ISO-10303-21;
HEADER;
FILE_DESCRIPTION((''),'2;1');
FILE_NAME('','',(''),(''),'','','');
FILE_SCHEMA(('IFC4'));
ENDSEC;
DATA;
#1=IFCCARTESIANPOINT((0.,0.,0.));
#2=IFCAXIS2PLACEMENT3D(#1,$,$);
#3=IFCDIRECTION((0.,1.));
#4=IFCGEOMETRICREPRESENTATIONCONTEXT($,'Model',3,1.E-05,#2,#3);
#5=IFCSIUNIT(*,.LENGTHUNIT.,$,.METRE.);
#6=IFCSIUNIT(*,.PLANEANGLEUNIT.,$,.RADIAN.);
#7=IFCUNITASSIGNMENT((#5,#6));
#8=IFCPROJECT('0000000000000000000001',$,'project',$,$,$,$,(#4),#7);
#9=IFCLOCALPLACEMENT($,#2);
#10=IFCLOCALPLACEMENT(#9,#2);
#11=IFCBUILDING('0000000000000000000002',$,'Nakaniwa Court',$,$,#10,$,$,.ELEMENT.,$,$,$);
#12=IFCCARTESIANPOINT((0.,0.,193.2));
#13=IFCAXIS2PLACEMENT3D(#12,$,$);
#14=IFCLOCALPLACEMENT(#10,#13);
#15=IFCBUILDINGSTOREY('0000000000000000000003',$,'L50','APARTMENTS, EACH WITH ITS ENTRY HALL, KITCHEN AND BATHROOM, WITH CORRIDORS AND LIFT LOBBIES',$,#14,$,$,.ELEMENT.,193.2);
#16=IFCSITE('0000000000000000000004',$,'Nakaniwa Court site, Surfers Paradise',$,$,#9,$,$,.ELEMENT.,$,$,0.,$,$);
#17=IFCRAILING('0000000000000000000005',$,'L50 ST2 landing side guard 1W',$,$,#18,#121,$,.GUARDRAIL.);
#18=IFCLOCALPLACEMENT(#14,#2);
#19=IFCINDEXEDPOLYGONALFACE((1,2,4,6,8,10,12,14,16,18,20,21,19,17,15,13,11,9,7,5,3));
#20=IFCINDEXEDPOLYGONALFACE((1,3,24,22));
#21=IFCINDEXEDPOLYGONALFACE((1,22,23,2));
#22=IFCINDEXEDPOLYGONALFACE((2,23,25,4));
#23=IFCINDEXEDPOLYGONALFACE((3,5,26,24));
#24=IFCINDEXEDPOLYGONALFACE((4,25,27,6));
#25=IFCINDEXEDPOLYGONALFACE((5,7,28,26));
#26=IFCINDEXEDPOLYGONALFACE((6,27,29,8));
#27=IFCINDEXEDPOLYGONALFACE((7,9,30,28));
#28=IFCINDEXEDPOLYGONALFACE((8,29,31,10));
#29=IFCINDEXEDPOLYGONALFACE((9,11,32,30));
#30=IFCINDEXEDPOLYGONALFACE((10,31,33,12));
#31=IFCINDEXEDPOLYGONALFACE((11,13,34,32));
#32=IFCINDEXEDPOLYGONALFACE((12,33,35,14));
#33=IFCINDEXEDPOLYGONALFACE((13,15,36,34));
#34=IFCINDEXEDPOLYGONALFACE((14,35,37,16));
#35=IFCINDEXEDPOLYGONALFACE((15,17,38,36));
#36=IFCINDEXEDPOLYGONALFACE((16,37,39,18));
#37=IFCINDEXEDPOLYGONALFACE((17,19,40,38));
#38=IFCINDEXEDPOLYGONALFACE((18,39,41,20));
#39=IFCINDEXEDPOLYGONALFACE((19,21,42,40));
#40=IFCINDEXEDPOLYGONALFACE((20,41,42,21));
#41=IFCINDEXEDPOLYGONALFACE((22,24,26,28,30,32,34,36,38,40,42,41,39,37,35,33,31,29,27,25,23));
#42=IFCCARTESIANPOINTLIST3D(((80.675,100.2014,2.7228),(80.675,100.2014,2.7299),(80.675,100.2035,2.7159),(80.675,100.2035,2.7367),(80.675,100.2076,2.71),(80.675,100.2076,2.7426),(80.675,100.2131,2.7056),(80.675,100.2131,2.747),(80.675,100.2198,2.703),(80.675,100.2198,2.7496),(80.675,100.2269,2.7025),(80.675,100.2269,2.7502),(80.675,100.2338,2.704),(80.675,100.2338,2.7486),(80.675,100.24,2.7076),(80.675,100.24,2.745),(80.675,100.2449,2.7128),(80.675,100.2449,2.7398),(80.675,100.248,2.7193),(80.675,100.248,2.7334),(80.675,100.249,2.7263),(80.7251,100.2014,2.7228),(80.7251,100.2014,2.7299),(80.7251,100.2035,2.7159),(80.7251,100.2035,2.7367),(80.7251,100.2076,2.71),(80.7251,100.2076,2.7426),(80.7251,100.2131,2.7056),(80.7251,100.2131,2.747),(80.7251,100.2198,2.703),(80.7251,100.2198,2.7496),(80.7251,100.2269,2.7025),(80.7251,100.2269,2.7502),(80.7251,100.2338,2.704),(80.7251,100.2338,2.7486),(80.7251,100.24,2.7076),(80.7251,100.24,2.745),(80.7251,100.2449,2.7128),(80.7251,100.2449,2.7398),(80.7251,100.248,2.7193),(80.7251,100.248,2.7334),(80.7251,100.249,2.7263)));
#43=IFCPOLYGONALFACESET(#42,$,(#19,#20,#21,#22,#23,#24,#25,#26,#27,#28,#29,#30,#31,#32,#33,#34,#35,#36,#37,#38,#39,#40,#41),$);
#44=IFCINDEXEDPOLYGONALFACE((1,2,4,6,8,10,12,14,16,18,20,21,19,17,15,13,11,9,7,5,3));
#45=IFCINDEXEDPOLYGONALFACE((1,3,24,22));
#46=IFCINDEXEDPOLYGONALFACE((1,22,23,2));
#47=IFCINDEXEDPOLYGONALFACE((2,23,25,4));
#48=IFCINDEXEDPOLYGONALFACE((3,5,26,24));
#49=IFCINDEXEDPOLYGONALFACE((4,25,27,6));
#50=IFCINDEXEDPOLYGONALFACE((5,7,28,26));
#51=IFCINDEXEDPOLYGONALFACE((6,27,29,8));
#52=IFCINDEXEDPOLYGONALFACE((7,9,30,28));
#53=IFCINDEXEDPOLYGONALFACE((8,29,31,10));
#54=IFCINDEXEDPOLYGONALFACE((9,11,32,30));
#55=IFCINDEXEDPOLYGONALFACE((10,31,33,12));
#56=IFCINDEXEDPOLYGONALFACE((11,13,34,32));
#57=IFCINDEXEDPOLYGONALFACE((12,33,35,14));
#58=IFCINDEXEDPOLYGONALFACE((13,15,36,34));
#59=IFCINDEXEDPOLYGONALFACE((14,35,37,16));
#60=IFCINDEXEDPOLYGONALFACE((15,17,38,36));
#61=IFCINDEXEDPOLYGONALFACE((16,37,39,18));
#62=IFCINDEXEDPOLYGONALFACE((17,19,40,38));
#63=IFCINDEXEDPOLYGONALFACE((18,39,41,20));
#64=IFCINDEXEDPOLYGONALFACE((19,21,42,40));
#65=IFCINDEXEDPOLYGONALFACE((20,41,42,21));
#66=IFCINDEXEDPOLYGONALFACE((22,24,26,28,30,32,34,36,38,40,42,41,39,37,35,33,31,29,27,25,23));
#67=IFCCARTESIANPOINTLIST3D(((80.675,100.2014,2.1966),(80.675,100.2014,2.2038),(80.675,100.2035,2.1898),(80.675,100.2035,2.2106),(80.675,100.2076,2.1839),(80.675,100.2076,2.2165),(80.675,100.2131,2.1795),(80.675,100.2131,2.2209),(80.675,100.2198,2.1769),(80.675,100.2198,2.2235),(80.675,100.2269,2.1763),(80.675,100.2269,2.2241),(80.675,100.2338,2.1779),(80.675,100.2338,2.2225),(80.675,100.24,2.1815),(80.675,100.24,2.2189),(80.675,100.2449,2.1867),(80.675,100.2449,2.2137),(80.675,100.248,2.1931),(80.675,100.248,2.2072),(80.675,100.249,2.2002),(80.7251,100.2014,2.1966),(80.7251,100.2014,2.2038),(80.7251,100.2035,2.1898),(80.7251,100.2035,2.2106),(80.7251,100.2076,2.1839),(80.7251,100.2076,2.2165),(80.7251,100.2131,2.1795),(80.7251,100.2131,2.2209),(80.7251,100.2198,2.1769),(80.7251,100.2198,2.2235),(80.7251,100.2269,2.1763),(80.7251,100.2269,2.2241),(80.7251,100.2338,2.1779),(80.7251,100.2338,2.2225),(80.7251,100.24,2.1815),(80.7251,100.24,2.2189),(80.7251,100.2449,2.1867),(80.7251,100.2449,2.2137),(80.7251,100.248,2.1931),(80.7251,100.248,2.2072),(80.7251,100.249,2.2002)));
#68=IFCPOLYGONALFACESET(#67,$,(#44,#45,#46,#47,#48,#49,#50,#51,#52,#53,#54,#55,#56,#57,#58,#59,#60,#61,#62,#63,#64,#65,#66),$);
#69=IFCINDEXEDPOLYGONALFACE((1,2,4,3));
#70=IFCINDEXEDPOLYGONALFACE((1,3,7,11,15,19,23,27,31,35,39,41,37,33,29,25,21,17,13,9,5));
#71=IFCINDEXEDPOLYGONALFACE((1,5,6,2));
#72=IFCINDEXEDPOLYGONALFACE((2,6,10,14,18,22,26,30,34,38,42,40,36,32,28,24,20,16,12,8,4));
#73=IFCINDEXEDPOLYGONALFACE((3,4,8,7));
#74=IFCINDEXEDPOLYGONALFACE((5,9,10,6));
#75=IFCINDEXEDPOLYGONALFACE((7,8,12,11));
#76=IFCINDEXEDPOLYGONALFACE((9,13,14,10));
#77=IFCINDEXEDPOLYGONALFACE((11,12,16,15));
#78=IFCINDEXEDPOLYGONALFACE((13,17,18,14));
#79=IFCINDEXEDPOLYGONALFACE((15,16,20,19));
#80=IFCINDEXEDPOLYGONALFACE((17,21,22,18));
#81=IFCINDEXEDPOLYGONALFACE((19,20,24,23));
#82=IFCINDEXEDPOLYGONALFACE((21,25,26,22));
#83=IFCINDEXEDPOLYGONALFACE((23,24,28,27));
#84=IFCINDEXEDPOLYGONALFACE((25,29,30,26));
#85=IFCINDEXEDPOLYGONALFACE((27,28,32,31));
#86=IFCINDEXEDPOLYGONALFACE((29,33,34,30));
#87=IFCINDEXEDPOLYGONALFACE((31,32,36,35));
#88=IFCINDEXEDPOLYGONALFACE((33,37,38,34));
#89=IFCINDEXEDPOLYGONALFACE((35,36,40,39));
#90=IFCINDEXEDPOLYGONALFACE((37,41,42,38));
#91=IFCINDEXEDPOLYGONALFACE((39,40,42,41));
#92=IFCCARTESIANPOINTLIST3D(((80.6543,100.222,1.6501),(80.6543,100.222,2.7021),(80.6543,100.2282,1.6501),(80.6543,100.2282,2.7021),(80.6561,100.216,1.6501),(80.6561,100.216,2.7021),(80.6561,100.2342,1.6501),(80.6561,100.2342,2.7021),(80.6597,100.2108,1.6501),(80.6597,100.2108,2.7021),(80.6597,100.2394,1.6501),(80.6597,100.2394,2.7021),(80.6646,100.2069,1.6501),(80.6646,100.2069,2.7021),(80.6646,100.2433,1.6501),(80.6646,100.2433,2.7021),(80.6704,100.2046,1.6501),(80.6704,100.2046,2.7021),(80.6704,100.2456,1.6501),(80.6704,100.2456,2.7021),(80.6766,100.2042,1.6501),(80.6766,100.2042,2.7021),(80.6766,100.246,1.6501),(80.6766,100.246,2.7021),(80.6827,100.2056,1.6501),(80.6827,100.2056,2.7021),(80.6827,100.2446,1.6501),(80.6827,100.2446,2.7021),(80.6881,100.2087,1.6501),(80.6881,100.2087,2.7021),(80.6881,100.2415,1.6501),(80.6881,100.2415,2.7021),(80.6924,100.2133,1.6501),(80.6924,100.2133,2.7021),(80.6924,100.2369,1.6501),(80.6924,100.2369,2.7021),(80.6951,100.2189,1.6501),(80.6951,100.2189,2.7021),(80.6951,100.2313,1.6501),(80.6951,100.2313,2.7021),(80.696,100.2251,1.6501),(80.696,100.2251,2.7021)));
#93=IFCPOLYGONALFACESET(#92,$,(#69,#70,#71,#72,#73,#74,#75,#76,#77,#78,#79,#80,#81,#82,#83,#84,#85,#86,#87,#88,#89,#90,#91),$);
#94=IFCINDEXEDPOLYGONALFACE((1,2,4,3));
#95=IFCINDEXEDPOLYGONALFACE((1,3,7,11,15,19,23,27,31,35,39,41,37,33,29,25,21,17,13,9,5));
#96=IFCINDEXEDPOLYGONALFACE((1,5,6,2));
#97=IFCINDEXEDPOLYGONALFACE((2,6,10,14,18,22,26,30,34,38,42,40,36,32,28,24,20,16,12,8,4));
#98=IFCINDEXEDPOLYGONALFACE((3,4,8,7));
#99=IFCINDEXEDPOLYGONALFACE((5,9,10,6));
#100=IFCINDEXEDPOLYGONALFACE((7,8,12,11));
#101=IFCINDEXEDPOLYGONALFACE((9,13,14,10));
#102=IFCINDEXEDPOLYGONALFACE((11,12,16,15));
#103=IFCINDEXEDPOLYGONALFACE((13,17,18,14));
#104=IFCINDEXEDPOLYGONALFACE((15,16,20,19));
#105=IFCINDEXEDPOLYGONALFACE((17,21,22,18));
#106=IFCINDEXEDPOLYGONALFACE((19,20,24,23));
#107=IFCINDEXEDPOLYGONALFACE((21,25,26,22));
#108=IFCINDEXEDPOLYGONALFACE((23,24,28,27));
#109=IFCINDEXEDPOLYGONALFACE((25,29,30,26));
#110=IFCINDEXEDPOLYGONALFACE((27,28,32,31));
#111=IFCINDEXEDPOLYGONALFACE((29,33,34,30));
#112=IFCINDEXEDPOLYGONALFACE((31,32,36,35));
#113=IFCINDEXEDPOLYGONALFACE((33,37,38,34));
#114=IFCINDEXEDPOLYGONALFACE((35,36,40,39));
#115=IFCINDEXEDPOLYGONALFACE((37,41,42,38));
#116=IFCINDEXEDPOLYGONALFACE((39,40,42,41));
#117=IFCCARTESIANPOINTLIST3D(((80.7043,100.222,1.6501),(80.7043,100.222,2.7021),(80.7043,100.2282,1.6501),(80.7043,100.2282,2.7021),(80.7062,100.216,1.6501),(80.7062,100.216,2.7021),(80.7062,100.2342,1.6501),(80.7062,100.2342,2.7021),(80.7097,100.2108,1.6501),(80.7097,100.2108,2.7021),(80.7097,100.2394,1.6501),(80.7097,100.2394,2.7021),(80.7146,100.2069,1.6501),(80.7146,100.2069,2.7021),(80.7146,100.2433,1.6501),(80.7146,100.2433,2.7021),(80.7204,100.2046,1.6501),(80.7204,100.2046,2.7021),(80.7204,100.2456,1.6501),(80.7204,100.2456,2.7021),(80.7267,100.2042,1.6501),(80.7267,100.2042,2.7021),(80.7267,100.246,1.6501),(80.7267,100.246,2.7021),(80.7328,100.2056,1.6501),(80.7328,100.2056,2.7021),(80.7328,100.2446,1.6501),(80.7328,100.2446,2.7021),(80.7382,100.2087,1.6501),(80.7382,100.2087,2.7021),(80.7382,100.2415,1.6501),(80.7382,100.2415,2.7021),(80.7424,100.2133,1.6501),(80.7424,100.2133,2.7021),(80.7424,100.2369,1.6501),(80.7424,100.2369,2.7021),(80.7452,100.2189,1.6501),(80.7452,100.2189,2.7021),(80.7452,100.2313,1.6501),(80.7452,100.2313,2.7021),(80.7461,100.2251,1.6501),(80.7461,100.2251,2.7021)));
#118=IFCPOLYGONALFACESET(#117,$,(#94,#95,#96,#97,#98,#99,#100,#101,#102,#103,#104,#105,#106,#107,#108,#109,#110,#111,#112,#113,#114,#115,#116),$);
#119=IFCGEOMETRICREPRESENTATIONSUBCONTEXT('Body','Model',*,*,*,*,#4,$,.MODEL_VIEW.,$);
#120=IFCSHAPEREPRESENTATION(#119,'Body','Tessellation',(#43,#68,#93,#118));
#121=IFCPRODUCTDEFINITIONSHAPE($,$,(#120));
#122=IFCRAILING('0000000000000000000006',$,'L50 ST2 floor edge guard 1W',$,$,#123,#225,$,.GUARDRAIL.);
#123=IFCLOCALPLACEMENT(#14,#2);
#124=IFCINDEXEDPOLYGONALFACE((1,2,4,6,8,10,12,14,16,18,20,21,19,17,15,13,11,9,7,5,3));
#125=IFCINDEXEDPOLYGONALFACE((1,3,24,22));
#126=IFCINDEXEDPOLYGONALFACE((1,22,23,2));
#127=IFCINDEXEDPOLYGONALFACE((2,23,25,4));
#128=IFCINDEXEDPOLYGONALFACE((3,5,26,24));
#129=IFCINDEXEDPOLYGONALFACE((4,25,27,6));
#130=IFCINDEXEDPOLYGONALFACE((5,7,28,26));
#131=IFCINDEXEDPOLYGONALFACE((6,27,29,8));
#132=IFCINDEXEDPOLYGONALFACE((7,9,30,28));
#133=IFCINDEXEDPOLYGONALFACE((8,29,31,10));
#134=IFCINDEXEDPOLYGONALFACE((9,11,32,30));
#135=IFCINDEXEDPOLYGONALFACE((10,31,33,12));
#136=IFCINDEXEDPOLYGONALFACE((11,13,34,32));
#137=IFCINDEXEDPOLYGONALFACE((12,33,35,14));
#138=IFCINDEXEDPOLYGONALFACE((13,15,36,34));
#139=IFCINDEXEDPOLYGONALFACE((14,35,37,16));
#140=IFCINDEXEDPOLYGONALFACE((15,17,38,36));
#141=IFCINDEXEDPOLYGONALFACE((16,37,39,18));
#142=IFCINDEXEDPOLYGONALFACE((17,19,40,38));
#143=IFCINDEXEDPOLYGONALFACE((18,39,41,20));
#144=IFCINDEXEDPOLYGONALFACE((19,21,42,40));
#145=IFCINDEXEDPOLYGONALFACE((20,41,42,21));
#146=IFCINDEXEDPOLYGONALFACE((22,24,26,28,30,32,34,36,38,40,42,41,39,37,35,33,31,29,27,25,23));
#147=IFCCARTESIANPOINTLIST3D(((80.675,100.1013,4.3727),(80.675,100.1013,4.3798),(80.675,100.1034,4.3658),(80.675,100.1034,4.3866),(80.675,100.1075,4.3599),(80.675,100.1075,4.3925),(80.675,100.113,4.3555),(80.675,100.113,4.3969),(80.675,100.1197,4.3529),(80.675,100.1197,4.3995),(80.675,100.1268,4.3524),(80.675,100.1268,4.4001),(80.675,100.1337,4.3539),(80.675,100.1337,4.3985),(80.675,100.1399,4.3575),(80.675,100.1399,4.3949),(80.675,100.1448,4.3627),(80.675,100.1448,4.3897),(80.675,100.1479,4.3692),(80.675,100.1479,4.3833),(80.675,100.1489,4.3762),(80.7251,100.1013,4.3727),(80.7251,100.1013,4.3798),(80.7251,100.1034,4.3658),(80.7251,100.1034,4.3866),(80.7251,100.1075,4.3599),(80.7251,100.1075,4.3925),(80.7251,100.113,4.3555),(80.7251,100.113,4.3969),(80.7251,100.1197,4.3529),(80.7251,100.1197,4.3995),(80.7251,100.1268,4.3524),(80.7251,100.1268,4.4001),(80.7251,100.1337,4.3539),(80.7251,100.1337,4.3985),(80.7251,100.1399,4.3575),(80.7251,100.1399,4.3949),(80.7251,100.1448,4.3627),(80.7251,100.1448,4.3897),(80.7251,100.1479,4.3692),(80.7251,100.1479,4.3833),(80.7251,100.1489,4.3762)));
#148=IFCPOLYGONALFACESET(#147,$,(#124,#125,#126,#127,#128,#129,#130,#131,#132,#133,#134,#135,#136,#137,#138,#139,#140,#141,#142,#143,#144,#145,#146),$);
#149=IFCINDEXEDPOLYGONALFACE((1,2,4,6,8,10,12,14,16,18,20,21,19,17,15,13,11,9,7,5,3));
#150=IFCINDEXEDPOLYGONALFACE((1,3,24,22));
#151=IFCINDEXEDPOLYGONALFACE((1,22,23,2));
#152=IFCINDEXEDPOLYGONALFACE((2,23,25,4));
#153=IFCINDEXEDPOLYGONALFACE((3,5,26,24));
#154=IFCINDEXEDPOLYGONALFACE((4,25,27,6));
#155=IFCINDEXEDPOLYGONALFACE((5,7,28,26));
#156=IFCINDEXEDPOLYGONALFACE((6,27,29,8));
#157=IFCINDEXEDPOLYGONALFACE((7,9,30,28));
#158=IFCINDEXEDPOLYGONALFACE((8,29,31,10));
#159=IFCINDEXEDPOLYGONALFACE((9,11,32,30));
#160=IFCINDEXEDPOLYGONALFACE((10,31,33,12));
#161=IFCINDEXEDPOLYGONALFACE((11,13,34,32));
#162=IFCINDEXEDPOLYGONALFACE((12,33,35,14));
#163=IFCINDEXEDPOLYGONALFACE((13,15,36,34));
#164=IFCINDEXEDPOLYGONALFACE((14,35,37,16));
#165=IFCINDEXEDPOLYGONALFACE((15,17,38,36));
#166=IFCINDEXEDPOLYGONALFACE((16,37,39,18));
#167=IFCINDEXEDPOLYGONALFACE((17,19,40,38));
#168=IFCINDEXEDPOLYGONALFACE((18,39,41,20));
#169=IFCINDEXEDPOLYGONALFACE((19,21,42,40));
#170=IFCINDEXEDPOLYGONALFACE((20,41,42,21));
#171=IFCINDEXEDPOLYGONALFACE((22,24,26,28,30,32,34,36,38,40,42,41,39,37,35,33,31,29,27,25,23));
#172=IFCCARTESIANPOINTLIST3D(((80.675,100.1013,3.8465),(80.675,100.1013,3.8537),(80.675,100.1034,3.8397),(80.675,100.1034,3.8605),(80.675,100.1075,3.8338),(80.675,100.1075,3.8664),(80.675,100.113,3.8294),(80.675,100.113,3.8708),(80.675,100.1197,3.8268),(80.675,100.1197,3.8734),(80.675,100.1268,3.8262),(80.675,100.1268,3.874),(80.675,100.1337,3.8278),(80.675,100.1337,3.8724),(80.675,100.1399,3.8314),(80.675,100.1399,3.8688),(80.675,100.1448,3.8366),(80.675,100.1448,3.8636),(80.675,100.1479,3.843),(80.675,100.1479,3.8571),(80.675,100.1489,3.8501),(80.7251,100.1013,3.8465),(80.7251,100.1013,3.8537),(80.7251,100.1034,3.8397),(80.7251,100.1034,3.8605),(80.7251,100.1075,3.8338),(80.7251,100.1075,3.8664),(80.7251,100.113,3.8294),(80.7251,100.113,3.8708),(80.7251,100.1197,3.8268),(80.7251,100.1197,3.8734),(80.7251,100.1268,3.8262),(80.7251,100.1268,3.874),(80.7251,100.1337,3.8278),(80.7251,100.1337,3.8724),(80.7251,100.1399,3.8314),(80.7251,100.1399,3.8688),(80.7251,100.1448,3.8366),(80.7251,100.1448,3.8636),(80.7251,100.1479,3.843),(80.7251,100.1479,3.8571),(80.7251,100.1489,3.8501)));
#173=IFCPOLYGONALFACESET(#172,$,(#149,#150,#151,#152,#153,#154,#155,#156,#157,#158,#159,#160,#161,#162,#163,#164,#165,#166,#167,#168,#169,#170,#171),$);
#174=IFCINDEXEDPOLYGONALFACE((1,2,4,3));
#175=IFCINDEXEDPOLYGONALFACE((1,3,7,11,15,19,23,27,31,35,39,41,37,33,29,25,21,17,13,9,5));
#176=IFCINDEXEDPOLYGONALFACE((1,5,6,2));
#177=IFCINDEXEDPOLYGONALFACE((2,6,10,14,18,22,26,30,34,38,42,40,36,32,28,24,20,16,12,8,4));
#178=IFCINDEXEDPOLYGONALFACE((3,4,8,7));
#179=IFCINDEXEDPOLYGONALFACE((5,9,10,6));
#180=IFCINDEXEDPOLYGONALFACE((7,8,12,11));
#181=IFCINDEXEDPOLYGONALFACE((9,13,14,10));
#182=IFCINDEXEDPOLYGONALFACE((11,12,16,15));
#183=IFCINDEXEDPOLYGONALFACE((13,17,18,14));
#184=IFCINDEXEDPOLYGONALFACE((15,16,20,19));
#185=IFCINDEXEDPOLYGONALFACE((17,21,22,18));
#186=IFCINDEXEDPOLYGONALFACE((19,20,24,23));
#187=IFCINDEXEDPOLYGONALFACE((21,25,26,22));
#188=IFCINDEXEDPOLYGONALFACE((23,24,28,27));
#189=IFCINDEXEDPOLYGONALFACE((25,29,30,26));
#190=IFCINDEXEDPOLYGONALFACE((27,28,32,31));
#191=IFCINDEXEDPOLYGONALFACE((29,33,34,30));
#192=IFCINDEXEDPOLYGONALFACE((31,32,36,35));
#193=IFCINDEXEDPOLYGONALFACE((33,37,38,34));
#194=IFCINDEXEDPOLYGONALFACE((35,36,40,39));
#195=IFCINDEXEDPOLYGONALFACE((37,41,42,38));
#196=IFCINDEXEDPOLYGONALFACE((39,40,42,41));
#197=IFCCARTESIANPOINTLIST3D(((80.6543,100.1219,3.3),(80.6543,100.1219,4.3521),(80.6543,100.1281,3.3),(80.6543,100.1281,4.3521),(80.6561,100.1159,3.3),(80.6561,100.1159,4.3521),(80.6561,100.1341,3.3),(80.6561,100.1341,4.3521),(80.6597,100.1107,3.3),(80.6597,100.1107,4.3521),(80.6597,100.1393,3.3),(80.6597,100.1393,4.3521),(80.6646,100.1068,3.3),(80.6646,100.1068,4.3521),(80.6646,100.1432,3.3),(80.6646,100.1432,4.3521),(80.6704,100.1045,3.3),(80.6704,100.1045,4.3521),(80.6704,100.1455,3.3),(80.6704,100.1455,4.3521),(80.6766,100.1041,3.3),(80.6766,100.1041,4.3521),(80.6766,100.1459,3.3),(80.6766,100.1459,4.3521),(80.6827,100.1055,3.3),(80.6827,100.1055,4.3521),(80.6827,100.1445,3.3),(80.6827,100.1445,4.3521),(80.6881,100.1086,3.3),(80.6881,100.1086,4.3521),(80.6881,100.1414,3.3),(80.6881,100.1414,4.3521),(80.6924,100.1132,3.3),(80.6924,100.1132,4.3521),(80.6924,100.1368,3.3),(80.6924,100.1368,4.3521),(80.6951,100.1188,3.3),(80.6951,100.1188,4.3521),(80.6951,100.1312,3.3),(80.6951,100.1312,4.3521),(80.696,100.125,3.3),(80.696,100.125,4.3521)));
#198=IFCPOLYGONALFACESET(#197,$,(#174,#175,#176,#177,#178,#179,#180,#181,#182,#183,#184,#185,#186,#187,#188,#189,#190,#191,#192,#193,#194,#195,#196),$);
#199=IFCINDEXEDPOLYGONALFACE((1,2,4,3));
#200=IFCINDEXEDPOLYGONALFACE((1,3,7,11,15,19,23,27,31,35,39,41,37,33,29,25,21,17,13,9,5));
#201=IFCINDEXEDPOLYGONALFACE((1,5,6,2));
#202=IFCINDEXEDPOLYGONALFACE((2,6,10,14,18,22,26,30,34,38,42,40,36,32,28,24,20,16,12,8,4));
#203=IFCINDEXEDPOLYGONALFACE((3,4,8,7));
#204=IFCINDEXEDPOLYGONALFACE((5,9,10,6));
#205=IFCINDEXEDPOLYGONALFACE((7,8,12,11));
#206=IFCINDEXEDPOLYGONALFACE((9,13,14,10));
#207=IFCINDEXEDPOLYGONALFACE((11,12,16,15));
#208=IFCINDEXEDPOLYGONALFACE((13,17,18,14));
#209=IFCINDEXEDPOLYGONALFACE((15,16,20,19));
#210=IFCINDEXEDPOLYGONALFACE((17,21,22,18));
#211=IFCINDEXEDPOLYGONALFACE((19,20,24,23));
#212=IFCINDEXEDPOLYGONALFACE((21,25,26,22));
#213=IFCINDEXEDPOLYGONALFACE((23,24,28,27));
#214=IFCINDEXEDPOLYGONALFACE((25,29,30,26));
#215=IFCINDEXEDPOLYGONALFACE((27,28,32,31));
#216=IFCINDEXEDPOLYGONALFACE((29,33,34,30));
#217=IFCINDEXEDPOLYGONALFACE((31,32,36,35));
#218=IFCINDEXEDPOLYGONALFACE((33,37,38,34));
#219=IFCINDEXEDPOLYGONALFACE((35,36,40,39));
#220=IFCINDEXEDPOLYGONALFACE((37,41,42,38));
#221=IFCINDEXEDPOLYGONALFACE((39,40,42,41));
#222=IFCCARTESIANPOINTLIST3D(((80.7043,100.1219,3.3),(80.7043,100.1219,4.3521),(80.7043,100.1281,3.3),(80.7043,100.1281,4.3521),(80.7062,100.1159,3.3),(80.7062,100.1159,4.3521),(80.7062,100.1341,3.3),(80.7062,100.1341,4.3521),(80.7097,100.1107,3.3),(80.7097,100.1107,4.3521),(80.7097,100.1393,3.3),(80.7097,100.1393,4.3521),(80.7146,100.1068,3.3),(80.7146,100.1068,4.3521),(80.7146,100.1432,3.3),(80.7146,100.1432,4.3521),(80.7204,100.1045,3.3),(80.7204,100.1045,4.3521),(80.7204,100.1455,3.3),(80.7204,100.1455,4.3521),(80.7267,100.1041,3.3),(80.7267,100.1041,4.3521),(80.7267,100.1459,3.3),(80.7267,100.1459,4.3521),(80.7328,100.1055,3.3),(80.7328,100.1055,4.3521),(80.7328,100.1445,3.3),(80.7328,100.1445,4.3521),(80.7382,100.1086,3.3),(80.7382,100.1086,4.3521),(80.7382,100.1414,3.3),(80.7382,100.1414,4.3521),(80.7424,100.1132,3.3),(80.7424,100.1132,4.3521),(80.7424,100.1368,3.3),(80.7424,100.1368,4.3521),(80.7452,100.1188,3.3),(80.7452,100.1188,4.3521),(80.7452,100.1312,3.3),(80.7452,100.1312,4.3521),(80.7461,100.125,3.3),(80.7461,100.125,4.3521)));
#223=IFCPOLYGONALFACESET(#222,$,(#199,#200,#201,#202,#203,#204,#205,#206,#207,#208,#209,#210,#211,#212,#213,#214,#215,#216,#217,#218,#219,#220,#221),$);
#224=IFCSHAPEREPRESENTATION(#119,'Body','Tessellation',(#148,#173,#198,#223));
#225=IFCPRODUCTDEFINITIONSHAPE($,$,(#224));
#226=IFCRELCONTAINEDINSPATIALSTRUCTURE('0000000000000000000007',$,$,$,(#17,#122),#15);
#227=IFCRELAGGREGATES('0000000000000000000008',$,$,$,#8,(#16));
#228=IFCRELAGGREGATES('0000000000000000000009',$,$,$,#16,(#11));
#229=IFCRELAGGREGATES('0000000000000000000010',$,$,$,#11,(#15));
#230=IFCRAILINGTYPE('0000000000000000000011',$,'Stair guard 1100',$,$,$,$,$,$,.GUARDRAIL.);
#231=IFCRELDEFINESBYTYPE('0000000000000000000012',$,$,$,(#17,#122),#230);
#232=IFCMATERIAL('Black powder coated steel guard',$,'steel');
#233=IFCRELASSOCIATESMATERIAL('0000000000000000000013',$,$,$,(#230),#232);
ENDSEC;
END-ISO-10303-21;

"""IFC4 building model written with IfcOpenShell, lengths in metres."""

from ifc_helpers import new_model, si_unit, direction, frame, origin, origin_2d, place, context, subcontext, project, spatial, circle, extrude, material, type_object, element, save


model = new_model("IFC4")

# Units and contexts
model_context = context("Model", 3, precision=1e-05, world=origin(), true_north=direction((0.0, 1.0)))
body_context = subcontext(model_context, "Body", "Model", "MODEL_VIEW")
ifc_project = project(units=[si_unit("LENGTHUNIT", "METRE"), si_unit("PLANEANGLEUNIT", "RADIAN")], contexts=[model_context])

# Site, building, storey
site_placement = place(None, origin())
site = spatial("IfcSite", under=ifc_project, at=site_placement, Name="Nakaniwa Court site, Surfers Paradise", CompositionType="ELEMENT", RefElevation=0.0)
building_placement = place(site_placement, origin())
building = spatial("IfcBuilding", under=site, at=building_placement, Name="Nakaniwa Court", CompositionType="ELEMENT")
storey_placement = place(building_placement, frame((0.0, 0.0, 193.2)))
storey = spatial("IfcBuildingStorey", under=building, at=storey_placement, Name="L50", Description="APARTMENTS, EACH WITH ITS ENTRY HALL, KITCHEN AND BATHROOM, WITH CORRIDORS AND LIFT LOBBIES", CompositionType="ELEMENT", Elevation=193.2)

# Railings
ifc_material_1 = material(Name="Black powder coated steel guard", Category="steel")
railing_type_1 = type_object("IfcRailingType", Name="Stair guard 1100", PredefinedType="GUARDRAIL", material=ifc_material_1)
for number, where, name in (
    (1, (80.675, 100.2251, 1.6501), "L50 ST2 landing side guard 1W"),
    (2, (80.675, 100.125, 3.3), "L50 ST2 floor edge guard 1W"),
):
    element("IfcRailing", number, at=place(storey_placement, frame(where)), inside=storey, type_object=railing_type_1, Name=name, PredefinedType="GUARDRAIL", context=body_context, shape_type="SweptSolid", body=[
        extrude(circle(Radius=0.0239, at=origin_2d()), frame((0.0, 0.0, 1.0762), z_axis=(1.0, 0.0, 0.0), x_axis=(0.0, 1.0, 0.0)), (0.0, 0.0, 1.0), 0.05),
        extrude(circle(Radius=0.0239, at=origin_2d()), frame((0.0, 0.0, 0.55), z_axis=(1.0, 0.0, 0.0), x_axis=(0.0, 1.0, 0.0)), (0.0, 0.0, 1.0), 0.05),
        extrude(circle(Radius=0.021, at=origin_2d()), origin(), (0.0, 0.0, 1.0), 1.052),
        extrude(circle(Radius=0.021, at=origin_2d()), frame((0.05, 0.0, 0.0)), (0.0, 0.0, 1.0), 1.052),
    ])

save(model, "model.ifc")
